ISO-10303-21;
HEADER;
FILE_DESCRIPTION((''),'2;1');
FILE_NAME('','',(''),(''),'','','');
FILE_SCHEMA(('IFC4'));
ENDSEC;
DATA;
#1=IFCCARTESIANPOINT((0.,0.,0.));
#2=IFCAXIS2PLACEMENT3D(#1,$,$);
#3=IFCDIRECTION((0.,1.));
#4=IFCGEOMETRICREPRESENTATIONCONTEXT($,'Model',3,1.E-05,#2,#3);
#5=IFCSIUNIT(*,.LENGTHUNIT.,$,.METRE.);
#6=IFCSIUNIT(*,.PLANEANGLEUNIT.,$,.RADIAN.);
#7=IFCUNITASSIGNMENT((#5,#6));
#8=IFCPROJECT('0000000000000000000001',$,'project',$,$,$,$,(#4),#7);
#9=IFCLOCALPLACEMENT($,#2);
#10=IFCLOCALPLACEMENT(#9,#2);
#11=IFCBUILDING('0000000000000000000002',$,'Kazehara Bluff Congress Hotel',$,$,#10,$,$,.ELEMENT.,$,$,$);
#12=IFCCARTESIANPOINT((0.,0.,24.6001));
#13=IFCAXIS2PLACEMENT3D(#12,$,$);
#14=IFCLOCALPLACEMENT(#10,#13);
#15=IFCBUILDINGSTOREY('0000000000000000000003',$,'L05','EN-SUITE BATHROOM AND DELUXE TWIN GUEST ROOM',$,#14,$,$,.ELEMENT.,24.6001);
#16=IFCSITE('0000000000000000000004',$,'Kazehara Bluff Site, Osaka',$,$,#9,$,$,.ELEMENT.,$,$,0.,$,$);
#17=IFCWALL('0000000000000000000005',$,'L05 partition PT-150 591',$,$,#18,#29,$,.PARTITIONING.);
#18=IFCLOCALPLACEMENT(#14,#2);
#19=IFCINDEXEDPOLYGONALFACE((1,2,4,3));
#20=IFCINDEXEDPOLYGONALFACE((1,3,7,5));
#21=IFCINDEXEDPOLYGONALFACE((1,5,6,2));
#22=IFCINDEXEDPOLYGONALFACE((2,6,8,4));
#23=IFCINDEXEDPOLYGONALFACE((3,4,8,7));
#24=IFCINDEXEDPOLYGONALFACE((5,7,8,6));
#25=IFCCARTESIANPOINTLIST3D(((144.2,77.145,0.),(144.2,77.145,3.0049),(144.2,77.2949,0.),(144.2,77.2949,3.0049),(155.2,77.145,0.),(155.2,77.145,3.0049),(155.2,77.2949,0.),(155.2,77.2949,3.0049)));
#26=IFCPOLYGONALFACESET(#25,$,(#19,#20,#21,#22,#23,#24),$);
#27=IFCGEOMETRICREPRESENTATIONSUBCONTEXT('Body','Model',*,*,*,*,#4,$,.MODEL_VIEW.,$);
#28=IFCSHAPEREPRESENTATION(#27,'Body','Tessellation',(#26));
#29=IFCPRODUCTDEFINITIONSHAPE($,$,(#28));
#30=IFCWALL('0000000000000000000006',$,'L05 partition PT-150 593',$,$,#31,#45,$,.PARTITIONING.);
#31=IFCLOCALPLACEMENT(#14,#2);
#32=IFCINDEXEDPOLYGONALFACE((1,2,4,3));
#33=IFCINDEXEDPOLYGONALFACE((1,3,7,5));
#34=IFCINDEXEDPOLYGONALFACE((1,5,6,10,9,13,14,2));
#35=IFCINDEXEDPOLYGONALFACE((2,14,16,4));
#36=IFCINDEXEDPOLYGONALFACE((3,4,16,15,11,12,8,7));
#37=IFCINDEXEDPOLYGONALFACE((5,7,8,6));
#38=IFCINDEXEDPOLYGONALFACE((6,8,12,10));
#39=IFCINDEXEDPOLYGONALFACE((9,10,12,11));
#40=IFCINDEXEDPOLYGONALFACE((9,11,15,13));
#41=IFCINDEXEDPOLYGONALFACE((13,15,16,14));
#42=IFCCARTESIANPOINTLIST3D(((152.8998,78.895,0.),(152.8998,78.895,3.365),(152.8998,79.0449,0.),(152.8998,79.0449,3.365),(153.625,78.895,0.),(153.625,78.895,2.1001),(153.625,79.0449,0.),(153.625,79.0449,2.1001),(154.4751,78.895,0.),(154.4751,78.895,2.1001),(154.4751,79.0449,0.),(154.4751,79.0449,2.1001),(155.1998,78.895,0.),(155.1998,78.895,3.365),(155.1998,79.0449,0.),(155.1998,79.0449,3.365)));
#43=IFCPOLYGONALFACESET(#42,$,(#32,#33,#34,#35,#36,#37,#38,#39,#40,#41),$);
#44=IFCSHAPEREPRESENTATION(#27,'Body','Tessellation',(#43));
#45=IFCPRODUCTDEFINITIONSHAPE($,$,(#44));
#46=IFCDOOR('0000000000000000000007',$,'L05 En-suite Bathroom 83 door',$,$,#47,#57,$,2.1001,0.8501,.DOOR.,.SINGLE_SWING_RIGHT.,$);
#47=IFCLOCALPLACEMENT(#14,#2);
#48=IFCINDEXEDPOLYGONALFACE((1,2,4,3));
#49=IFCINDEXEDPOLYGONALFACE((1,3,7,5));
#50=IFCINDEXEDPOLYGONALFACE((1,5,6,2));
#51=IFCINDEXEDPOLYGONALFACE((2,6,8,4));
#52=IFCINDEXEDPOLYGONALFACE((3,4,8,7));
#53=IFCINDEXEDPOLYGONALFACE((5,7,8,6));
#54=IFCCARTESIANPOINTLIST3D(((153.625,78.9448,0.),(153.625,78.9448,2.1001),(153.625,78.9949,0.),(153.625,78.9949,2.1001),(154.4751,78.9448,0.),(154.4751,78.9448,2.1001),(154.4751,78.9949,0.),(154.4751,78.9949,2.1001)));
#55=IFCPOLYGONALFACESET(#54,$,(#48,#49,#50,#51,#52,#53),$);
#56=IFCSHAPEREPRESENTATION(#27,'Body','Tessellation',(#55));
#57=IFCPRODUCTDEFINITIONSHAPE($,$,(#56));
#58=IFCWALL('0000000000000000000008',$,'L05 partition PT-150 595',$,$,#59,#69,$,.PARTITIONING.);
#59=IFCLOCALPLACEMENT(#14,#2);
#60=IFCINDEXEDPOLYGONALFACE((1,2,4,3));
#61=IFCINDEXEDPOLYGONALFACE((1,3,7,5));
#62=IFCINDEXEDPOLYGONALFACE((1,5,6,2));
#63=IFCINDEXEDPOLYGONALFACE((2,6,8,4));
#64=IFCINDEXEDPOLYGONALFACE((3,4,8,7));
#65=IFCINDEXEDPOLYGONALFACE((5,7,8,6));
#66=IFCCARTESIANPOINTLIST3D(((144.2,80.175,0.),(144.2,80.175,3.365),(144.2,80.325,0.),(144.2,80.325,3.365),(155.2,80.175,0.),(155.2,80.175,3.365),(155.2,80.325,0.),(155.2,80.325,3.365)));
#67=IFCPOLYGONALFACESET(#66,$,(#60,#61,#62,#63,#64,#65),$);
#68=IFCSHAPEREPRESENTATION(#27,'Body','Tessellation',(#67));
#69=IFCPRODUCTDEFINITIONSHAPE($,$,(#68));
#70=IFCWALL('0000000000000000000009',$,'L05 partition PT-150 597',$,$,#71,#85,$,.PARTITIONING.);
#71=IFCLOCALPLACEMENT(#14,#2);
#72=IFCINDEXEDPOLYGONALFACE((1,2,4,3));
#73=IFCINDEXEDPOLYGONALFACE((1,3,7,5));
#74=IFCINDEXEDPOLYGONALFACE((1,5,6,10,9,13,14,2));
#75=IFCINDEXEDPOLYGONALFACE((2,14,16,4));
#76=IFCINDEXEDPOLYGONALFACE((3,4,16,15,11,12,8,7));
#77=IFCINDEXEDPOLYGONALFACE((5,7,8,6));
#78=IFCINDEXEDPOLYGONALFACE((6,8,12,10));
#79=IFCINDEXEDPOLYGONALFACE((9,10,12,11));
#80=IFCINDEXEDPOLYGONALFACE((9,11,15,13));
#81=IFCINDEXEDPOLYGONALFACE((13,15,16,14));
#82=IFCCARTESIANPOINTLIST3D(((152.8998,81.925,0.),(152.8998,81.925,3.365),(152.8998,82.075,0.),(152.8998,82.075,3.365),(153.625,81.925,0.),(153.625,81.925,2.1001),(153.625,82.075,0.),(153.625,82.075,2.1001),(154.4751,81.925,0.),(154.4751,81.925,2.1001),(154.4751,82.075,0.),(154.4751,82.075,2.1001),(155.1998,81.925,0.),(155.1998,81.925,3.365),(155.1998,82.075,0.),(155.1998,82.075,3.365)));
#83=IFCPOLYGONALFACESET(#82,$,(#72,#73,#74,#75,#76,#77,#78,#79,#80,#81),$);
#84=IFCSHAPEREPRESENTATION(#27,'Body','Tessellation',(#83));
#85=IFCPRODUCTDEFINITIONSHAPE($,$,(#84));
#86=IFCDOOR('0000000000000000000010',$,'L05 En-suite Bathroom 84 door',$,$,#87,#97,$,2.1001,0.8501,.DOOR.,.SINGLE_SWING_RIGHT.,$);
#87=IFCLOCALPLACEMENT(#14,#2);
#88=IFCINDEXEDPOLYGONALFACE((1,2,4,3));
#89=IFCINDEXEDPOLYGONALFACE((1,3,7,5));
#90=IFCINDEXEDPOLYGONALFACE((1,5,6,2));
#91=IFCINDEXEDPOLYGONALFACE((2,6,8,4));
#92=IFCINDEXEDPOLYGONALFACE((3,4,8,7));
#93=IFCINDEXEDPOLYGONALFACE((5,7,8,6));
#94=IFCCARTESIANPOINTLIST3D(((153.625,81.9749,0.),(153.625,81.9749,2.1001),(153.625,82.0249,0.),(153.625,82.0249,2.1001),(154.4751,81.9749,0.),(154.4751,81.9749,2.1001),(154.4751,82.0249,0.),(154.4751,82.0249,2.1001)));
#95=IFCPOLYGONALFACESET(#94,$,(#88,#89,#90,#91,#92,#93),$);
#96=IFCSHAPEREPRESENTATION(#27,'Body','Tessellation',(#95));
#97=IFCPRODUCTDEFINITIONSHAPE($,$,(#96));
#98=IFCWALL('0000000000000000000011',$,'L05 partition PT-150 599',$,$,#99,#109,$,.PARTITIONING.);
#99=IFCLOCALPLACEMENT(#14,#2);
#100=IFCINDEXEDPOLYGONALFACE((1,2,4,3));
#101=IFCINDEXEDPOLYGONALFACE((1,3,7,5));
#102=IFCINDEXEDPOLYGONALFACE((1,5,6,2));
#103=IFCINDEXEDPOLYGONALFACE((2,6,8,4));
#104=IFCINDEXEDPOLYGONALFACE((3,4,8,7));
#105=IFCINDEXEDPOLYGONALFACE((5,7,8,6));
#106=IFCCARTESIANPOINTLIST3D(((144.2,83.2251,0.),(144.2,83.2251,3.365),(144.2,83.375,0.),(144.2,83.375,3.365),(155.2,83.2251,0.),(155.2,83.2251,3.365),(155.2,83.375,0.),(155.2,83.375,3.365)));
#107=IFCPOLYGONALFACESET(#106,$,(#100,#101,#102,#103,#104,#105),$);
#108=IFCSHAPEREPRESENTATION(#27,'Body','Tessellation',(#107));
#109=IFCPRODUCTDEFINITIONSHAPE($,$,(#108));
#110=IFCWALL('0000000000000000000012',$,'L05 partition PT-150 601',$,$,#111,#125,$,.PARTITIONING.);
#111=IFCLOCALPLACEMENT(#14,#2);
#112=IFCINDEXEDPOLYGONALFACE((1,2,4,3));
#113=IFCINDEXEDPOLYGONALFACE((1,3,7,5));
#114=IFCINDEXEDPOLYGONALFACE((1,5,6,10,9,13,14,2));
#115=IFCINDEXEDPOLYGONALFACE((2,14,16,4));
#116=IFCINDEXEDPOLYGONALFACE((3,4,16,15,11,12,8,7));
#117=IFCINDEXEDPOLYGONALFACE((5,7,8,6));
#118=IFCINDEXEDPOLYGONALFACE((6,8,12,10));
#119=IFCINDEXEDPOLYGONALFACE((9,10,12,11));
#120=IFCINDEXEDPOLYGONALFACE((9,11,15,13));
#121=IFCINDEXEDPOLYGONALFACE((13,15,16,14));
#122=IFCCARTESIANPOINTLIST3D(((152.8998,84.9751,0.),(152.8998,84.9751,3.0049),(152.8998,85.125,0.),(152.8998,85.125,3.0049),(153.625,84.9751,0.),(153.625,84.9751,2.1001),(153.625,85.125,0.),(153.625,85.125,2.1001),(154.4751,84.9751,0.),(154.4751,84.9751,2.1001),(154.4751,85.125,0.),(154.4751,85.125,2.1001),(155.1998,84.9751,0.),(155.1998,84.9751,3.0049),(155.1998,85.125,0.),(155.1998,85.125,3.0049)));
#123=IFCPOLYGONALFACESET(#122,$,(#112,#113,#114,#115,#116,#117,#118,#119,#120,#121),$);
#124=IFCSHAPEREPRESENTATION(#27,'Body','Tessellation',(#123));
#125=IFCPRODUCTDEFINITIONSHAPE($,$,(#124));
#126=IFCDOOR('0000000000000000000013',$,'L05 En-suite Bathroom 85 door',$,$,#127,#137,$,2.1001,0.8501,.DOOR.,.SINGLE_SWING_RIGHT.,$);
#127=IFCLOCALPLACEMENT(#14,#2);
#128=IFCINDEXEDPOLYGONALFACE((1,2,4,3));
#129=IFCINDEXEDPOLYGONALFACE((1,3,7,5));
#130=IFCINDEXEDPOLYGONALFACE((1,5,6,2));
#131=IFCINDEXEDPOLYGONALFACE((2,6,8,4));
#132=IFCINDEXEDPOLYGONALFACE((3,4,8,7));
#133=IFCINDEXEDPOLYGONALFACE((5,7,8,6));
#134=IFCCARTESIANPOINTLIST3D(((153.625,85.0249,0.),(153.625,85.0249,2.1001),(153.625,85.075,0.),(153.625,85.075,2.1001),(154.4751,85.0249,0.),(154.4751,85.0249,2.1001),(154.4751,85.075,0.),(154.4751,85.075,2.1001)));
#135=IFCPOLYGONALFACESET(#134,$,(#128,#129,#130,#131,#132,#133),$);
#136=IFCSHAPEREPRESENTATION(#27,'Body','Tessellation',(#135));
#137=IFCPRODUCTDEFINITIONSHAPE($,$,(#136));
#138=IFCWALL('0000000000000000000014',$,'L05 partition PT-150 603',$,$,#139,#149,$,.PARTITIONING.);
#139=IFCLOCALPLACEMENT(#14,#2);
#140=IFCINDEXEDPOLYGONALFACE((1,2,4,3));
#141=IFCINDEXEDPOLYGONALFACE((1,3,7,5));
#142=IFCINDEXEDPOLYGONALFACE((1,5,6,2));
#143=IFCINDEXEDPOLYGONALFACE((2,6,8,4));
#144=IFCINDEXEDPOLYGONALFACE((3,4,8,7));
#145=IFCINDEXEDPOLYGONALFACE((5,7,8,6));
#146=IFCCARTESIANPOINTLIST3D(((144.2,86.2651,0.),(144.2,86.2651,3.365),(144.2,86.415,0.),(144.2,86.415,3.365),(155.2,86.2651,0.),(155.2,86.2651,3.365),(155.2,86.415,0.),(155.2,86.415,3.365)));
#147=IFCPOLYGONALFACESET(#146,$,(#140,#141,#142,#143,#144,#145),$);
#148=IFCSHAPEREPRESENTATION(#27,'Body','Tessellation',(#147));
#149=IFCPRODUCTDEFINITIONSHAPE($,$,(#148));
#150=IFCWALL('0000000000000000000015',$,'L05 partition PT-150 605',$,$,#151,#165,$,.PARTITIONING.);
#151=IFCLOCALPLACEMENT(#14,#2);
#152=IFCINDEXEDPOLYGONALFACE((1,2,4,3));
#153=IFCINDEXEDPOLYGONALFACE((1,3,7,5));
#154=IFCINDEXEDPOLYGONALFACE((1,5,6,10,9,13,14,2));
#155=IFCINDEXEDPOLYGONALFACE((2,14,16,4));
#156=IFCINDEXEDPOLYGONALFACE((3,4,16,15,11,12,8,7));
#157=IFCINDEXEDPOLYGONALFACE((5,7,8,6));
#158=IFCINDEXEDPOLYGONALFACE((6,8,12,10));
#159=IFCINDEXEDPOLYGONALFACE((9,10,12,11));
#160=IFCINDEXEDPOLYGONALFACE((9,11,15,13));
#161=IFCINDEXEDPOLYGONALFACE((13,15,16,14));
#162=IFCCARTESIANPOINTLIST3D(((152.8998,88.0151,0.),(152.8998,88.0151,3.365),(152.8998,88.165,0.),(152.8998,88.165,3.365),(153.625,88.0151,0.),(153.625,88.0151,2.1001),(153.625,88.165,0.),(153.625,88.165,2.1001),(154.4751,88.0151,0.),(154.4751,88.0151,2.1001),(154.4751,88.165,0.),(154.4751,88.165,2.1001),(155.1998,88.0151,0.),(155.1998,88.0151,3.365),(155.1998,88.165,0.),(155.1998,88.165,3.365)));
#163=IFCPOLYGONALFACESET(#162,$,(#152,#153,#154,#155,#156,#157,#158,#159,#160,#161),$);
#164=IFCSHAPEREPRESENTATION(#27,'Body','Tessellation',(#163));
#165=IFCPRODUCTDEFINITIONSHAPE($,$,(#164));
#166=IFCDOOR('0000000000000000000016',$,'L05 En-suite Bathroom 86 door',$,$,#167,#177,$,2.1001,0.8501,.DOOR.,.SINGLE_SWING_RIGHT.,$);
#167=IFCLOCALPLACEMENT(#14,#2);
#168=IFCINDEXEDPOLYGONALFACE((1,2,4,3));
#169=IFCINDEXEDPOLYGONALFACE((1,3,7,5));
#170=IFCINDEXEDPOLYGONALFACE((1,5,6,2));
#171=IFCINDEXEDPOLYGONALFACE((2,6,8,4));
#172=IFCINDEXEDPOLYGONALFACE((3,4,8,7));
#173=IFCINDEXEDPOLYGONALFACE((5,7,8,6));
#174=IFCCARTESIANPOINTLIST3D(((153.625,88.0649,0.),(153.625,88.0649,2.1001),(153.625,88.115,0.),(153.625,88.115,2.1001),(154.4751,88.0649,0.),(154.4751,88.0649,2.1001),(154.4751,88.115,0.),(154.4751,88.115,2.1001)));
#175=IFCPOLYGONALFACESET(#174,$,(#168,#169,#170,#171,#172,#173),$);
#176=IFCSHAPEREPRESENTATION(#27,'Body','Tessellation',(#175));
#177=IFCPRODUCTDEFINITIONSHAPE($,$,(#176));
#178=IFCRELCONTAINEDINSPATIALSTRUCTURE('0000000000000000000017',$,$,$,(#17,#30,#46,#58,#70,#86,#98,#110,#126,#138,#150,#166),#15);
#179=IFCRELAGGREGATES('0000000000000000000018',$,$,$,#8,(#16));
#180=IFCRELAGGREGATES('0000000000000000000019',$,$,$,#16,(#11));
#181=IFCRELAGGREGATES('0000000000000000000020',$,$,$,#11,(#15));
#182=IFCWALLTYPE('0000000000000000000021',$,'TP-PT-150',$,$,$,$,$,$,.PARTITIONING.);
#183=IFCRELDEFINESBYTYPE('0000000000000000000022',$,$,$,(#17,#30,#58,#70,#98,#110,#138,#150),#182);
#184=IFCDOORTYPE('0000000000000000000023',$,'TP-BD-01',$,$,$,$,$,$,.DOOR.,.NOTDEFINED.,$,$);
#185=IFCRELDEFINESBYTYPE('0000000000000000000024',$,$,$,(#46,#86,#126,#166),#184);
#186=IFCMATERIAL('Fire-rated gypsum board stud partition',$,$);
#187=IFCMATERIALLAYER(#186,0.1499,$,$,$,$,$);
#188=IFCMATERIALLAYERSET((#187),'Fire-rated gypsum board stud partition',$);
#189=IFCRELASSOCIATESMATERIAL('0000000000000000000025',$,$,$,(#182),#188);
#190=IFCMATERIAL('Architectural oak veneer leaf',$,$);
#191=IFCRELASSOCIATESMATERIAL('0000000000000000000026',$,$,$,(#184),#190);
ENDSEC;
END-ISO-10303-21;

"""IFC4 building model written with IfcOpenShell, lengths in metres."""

from ifc_helpers import new_model, si_unit, direction, frame, frame_2d, origin, place, context, subcontext, project, spatial, rectangle, extrude, material, layer, layer_set, type_object, element, fill, save


model = new_model("IFC4")

# Units and contexts
model_context = context("Model", 3, precision=1e-05, world=origin(), true_north=direction((0.0, 1.0)))
body_context = subcontext(model_context, "Body", "Model", "MODEL_VIEW")
ifc_project = project(units=[si_unit("LENGTHUNIT", "METRE"), si_unit("PLANEANGLEUNIT", "RADIAN")], contexts=[model_context])

# Site, building, storey
site_placement = place(None, origin())
site = spatial("IfcSite", under=ifc_project, at=site_placement, Name="Kazehara Bluff Site, Osaka", CompositionType="ELEMENT", RefElevation=0.0)
building_placement = place(site_placement, origin())
building = spatial("IfcBuilding", under=site, at=building_placement, Name="Kazehara Bluff Congress Hotel", CompositionType="ELEMENT")
storey_placement = place(building_placement, frame((0.0, 0.0, 24.6001)))
storey = spatial("IfcBuildingStorey", under=building, at=storey_placement, Name="L05", Description="EN-SUITE BATHROOM AND DELUXE TWIN GUEST ROOM", CompositionType="ELEMENT", Elevation=24.6001)

# Shared definitions
ifc_material_1 = material(Name="Fire-rated gypsum board stud partition")
ifc_layer = layer(ifc_material_1, 0.1499)
ifc_layer_set = layer_set([ifc_layer], Name="Fire-rated gypsum board stud partition")
wall_type = type_object("IfcWallType", Name="TP-PT-150", PredefinedType="PARTITIONING", material=ifc_layer_set)

# Shared definitions
ifc_material_2 = material(Name="Architectural oak veneer leaf")
door_type = type_object("IfcDoorType", Name="TP-BD-01", OperationType="NOTDEFINED", PredefinedType="DOOR", material=ifc_material_2)

# Wall
wall_1_placement = place(storey_placement, frame((144.2, 77.22, 0.0), z_axis=(0.0, 0.0, 1.0), x_axis=(1.0, 0.0, 0.0)))
element("IfcWall", 1, at=wall_1_placement, inside=storey, type_object=wall_type, Name="L05 partition PT-150 591", PredefinedType="PARTITIONING", context=body_context, shape_type="SweptSolid", body=[
    extrude(rectangle(XDim=11.0, YDim=0.1499, at=frame_2d((5.5, 0.0))), origin(), (0.0, 0.0, 1.0), 3.0049),
])

# Wall, opening, door
wall_2_placement = place(storey_placement, frame((152.8999, 78.97, 0.0), z_axis=(0.0, 0.0, 1.0), x_axis=(1.0, 0.0, 0.0)))
wall_2 = element("IfcWall", 2, at=wall_2_placement, inside=storey, type_object=wall_type, Name="L05 partition PT-150 593", PredefinedType="PARTITIONING", context=body_context, shape_type="SweptSolid", body=[
    extrude(rectangle(XDim=2.3, YDim=0.1499, at=frame_2d((1.1499, 0.0))), origin(), (0.0, 0.0, 1.0), 3.365),
])
opening_1_placement = place(wall_2_placement, frame((0.7251, 0.0, 0.0)))
opening_1 = element("IfcOpeningElement", 3, at=opening_1_placement, cuts=wall_2, PredefinedType="OPENING", context=body_context, shape_type="SweptSolid", body=[
    extrude(rectangle(XDim=0.8501, YDim=2.1001, at=frame_2d((0.425, 1.05))), frame((0.0, 0.085, 0.0), z_axis=(0.0, -1.0, 0.0), x_axis=(1.0, 0.0, 0.0)), (0.0, 0.0, 1.0), 0.1699),
])
door_1_placement = place(opening_1_placement, origin())
door_1 = element("IfcDoor", 4, at=door_1_placement, inside=storey, type_object=door_type, Name="L05 En-suite Bathroom 83 door", OperationType="SINGLE_SWING_RIGHT", OverallHeight=2.1001, OverallWidth=0.8501, PredefinedType="DOOR", context=body_context, shape_type="SweptSolid", body=[
    extrude(rectangle(XDim=0.8501, YDim=2.1001, at=frame_2d((0.425, 1.05))), frame((0.0, 0.0249, 0.0), z_axis=(0.0, -1.0, 0.0), x_axis=(1.0, 0.0, 0.0)), (0.0, 0.0, 1.0), 0.05),
])
fill(opening_1, door_1)

# Wall
wall_3_placement = place(storey_placement, frame((144.2, 80.25, 0.0), z_axis=(0.0, 0.0, 1.0), x_axis=(1.0, 0.0, 0.0)))
element("IfcWall", 5, at=wall_3_placement, inside=storey, type_object=wall_type, Name="L05 partition PT-150 595", PredefinedType="PARTITIONING", context=body_context, shape_type="SweptSolid", body=[
    extrude(rectangle(XDim=11.0, YDim=0.1499, at=frame_2d((5.5, 0.0))), origin(), (0.0, 0.0, 1.0), 3.365),
])

# Wall, opening, door
wall_4_placement = place(storey_placement, frame((152.8999, 82.0, 0.0), z_axis=(0.0, 0.0, 1.0), x_axis=(1.0, 0.0, 0.0)))
wall_4 = element("IfcWall", 6, at=wall_4_placement, inside=storey, type_object=wall_type, Name="L05 partition PT-150 597", PredefinedType="PARTITIONING", context=body_context, shape_type="SweptSolid", body=[
    extrude(rectangle(XDim=2.3, YDim=0.1499, at=frame_2d((1.1499, 0.0))), origin(), (0.0, 0.0, 1.0), 3.365),
])
opening_2_placement = place(wall_4_placement, frame((0.7251, 0.0, 0.0)))
opening_2 = element("IfcOpeningElement", 7, at=opening_2_placement, cuts=wall_4, PredefinedType="OPENING", context=body_context, shape_type="SweptSolid", body=[
    extrude(rectangle(XDim=0.8501, YDim=2.1001, at=frame_2d((0.425, 1.05))), frame((0.0, 0.085, 0.0), z_axis=(0.0, -1.0, 0.0), x_axis=(1.0, 0.0, 0.0)), (0.0, 0.0, 1.0), 0.1699),
])
door_2_placement = place(opening_2_placement, origin())
door_2 = element("IfcDoor", 8, at=door_2_placement, inside=storey, type_object=door_type, Name="L05 En-suite Bathroom 84 door", OperationType="SINGLE_SWING_RIGHT", OverallHeight=2.1001, OverallWidth=0.8501, PredefinedType="DOOR", context=body_context, shape_type="SweptSolid", body=[
    extrude(rectangle(XDim=0.8501, YDim=2.1001, at=frame_2d((0.425, 1.05))), frame((0.0, 0.0249, 0.0), z_axis=(0.0, -1.0, 0.0), x_axis=(1.0, 0.0, 0.0)), (0.0, 0.0, 1.0), 0.05),
])
fill(opening_2, door_2)

# Wall
wall_5_placement = place(storey_placement, frame((144.2, 83.3, 0.0), z_axis=(0.0, 0.0, 1.0), x_axis=(1.0, 0.0, 0.0)))
element("IfcWall", 9, at=wall_5_placement, inside=storey, type_object=wall_type, Name="L05 partition PT-150 599", PredefinedType="PARTITIONING", context=body_context, shape_type="SweptSolid", body=[
    extrude(rectangle(XDim=11.0, YDim=0.1499, at=frame_2d((5.5, 0.0))), origin(), (0.0, 0.0, 1.0), 3.365),
])

# Wall, opening, door
wall_6_placement = place(storey_placement, frame((152.8999, 85.05, 0.0), z_axis=(0.0, 0.0, 1.0), x_axis=(1.0, 0.0, 0.0)))
wall_6 = element("IfcWall", 10, at=wall_6_placement, inside=storey, type_object=wall_type, Name="L05 partition PT-150 601", PredefinedType="PARTITIONING", context=body_context, shape_type="SweptSolid", body=[
    extrude(rectangle(XDim=2.3, YDim=0.1499, at=frame_2d((1.1499, 0.0))), origin(), (0.0, 0.0, 1.0), 3.0049),
])
opening_3_placement = place(wall_6_placement, frame((0.7251, 0.0, 0.0)))
opening_3 = element("IfcOpeningElement", 11, at=opening_3_placement, cuts=wall_6, PredefinedType="OPENING", context=body_context, shape_type="SweptSolid", body=[
    extrude(rectangle(XDim=0.8501, YDim=2.1001, at=frame_2d((0.425, 1.05))), frame((0.0, 0.085, 0.0), z_axis=(0.0, -1.0, 0.0), x_axis=(1.0, 0.0, 0.0)), (0.0, 0.0, 1.0), 0.1699),
])
door_3_placement = place(opening_3_placement, origin())
door_3 = element("IfcDoor", 12, at=door_3_placement, inside=storey, type_object=door_type, Name="L05 En-suite Bathroom 85 door", OperationType="SINGLE_SWING_RIGHT", OverallHeight=2.1001, OverallWidth=0.8501, PredefinedType="DOOR", context=body_context, shape_type="SweptSolid", body=[
    extrude(rectangle(XDim=0.8501, YDim=2.1001, at=frame_2d((0.425, 1.05))), frame((0.0, 0.0249, 0.0), z_axis=(0.0, -1.0, 0.0), x_axis=(1.0, 0.0, 0.0)), (0.0, 0.0, 1.0), 0.05),
])
fill(opening_3, door_3)

# Wall
wall_7_placement = place(storey_placement, frame((144.2, 86.3401, 0.0), z_axis=(0.0, 0.0, 1.0), x_axis=(1.0, 0.0, 0.0)))
element("IfcWall", 13, at=wall_7_placement, inside=storey, type_object=wall_type, Name="L05 partition PT-150 603", PredefinedType="PARTITIONING", context=body_context, shape_type="SweptSolid", body=[
    extrude(rectangle(XDim=11.0, YDim=0.1499, at=frame_2d((5.5, 0.0))), origin(), (0.0, 0.0, 1.0), 3.365),
])

# Wall, opening, door
wall_8_placement = place(storey_placement, frame((152.8999, 88.0901, 0.0), z_axis=(0.0, 0.0, 1.0), x_axis=(1.0, 0.0, 0.0)))
wall_8 = element("IfcWall", 14, at=wall_8_placement, inside=storey, type_object=wall_type, Name="L05 partition PT-150 605", PredefinedType="PARTITIONING", context=body_context, shape_type="SweptSolid", body=[
    extrude(rectangle(XDim=2.3, YDim=0.1499, at=frame_2d((1.1499, 0.0))), origin(), (0.0, 0.0, 1.0), 3.365),
])
opening_4_placement = place(wall_8_placement, frame((0.7251, 0.0, 0.0)))
opening_4 = element("IfcOpeningElement", 15, at=opening_4_placement, cuts=wall_8, PredefinedType="OPENING", context=body_context, shape_type="SweptSolid", body=[
    extrude(rectangle(XDim=0.8501, YDim=2.1001, at=frame_2d((0.425, 1.05))), frame((0.0, 0.085, 0.0), z_axis=(0.0, -1.0, 0.0), x_axis=(1.0, 0.0, 0.0)), (0.0, 0.0, 1.0), 0.1699),
])
door_4_placement = place(opening_4_placement, origin())
door_4 = element("IfcDoor", 16, at=door_4_placement, inside=storey, type_object=door_type, Name="L05 En-suite Bathroom 86 door", OperationType="SINGLE_SWING_RIGHT", OverallHeight=2.1001, OverallWidth=0.8501, PredefinedType="DOOR", context=body_context, shape_type="SweptSolid", body=[
    extrude(rectangle(XDim=0.8501, YDim=2.1001, at=frame_2d((0.425, 1.05))), frame((0.0, 0.0249, 0.0), z_axis=(0.0, -1.0, 0.0), x_axis=(1.0, 0.0, 0.0)), (0.0, 0.0, 1.0), 0.05),
])
fill(opening_4, door_4)

save(model, "model.ifc")
